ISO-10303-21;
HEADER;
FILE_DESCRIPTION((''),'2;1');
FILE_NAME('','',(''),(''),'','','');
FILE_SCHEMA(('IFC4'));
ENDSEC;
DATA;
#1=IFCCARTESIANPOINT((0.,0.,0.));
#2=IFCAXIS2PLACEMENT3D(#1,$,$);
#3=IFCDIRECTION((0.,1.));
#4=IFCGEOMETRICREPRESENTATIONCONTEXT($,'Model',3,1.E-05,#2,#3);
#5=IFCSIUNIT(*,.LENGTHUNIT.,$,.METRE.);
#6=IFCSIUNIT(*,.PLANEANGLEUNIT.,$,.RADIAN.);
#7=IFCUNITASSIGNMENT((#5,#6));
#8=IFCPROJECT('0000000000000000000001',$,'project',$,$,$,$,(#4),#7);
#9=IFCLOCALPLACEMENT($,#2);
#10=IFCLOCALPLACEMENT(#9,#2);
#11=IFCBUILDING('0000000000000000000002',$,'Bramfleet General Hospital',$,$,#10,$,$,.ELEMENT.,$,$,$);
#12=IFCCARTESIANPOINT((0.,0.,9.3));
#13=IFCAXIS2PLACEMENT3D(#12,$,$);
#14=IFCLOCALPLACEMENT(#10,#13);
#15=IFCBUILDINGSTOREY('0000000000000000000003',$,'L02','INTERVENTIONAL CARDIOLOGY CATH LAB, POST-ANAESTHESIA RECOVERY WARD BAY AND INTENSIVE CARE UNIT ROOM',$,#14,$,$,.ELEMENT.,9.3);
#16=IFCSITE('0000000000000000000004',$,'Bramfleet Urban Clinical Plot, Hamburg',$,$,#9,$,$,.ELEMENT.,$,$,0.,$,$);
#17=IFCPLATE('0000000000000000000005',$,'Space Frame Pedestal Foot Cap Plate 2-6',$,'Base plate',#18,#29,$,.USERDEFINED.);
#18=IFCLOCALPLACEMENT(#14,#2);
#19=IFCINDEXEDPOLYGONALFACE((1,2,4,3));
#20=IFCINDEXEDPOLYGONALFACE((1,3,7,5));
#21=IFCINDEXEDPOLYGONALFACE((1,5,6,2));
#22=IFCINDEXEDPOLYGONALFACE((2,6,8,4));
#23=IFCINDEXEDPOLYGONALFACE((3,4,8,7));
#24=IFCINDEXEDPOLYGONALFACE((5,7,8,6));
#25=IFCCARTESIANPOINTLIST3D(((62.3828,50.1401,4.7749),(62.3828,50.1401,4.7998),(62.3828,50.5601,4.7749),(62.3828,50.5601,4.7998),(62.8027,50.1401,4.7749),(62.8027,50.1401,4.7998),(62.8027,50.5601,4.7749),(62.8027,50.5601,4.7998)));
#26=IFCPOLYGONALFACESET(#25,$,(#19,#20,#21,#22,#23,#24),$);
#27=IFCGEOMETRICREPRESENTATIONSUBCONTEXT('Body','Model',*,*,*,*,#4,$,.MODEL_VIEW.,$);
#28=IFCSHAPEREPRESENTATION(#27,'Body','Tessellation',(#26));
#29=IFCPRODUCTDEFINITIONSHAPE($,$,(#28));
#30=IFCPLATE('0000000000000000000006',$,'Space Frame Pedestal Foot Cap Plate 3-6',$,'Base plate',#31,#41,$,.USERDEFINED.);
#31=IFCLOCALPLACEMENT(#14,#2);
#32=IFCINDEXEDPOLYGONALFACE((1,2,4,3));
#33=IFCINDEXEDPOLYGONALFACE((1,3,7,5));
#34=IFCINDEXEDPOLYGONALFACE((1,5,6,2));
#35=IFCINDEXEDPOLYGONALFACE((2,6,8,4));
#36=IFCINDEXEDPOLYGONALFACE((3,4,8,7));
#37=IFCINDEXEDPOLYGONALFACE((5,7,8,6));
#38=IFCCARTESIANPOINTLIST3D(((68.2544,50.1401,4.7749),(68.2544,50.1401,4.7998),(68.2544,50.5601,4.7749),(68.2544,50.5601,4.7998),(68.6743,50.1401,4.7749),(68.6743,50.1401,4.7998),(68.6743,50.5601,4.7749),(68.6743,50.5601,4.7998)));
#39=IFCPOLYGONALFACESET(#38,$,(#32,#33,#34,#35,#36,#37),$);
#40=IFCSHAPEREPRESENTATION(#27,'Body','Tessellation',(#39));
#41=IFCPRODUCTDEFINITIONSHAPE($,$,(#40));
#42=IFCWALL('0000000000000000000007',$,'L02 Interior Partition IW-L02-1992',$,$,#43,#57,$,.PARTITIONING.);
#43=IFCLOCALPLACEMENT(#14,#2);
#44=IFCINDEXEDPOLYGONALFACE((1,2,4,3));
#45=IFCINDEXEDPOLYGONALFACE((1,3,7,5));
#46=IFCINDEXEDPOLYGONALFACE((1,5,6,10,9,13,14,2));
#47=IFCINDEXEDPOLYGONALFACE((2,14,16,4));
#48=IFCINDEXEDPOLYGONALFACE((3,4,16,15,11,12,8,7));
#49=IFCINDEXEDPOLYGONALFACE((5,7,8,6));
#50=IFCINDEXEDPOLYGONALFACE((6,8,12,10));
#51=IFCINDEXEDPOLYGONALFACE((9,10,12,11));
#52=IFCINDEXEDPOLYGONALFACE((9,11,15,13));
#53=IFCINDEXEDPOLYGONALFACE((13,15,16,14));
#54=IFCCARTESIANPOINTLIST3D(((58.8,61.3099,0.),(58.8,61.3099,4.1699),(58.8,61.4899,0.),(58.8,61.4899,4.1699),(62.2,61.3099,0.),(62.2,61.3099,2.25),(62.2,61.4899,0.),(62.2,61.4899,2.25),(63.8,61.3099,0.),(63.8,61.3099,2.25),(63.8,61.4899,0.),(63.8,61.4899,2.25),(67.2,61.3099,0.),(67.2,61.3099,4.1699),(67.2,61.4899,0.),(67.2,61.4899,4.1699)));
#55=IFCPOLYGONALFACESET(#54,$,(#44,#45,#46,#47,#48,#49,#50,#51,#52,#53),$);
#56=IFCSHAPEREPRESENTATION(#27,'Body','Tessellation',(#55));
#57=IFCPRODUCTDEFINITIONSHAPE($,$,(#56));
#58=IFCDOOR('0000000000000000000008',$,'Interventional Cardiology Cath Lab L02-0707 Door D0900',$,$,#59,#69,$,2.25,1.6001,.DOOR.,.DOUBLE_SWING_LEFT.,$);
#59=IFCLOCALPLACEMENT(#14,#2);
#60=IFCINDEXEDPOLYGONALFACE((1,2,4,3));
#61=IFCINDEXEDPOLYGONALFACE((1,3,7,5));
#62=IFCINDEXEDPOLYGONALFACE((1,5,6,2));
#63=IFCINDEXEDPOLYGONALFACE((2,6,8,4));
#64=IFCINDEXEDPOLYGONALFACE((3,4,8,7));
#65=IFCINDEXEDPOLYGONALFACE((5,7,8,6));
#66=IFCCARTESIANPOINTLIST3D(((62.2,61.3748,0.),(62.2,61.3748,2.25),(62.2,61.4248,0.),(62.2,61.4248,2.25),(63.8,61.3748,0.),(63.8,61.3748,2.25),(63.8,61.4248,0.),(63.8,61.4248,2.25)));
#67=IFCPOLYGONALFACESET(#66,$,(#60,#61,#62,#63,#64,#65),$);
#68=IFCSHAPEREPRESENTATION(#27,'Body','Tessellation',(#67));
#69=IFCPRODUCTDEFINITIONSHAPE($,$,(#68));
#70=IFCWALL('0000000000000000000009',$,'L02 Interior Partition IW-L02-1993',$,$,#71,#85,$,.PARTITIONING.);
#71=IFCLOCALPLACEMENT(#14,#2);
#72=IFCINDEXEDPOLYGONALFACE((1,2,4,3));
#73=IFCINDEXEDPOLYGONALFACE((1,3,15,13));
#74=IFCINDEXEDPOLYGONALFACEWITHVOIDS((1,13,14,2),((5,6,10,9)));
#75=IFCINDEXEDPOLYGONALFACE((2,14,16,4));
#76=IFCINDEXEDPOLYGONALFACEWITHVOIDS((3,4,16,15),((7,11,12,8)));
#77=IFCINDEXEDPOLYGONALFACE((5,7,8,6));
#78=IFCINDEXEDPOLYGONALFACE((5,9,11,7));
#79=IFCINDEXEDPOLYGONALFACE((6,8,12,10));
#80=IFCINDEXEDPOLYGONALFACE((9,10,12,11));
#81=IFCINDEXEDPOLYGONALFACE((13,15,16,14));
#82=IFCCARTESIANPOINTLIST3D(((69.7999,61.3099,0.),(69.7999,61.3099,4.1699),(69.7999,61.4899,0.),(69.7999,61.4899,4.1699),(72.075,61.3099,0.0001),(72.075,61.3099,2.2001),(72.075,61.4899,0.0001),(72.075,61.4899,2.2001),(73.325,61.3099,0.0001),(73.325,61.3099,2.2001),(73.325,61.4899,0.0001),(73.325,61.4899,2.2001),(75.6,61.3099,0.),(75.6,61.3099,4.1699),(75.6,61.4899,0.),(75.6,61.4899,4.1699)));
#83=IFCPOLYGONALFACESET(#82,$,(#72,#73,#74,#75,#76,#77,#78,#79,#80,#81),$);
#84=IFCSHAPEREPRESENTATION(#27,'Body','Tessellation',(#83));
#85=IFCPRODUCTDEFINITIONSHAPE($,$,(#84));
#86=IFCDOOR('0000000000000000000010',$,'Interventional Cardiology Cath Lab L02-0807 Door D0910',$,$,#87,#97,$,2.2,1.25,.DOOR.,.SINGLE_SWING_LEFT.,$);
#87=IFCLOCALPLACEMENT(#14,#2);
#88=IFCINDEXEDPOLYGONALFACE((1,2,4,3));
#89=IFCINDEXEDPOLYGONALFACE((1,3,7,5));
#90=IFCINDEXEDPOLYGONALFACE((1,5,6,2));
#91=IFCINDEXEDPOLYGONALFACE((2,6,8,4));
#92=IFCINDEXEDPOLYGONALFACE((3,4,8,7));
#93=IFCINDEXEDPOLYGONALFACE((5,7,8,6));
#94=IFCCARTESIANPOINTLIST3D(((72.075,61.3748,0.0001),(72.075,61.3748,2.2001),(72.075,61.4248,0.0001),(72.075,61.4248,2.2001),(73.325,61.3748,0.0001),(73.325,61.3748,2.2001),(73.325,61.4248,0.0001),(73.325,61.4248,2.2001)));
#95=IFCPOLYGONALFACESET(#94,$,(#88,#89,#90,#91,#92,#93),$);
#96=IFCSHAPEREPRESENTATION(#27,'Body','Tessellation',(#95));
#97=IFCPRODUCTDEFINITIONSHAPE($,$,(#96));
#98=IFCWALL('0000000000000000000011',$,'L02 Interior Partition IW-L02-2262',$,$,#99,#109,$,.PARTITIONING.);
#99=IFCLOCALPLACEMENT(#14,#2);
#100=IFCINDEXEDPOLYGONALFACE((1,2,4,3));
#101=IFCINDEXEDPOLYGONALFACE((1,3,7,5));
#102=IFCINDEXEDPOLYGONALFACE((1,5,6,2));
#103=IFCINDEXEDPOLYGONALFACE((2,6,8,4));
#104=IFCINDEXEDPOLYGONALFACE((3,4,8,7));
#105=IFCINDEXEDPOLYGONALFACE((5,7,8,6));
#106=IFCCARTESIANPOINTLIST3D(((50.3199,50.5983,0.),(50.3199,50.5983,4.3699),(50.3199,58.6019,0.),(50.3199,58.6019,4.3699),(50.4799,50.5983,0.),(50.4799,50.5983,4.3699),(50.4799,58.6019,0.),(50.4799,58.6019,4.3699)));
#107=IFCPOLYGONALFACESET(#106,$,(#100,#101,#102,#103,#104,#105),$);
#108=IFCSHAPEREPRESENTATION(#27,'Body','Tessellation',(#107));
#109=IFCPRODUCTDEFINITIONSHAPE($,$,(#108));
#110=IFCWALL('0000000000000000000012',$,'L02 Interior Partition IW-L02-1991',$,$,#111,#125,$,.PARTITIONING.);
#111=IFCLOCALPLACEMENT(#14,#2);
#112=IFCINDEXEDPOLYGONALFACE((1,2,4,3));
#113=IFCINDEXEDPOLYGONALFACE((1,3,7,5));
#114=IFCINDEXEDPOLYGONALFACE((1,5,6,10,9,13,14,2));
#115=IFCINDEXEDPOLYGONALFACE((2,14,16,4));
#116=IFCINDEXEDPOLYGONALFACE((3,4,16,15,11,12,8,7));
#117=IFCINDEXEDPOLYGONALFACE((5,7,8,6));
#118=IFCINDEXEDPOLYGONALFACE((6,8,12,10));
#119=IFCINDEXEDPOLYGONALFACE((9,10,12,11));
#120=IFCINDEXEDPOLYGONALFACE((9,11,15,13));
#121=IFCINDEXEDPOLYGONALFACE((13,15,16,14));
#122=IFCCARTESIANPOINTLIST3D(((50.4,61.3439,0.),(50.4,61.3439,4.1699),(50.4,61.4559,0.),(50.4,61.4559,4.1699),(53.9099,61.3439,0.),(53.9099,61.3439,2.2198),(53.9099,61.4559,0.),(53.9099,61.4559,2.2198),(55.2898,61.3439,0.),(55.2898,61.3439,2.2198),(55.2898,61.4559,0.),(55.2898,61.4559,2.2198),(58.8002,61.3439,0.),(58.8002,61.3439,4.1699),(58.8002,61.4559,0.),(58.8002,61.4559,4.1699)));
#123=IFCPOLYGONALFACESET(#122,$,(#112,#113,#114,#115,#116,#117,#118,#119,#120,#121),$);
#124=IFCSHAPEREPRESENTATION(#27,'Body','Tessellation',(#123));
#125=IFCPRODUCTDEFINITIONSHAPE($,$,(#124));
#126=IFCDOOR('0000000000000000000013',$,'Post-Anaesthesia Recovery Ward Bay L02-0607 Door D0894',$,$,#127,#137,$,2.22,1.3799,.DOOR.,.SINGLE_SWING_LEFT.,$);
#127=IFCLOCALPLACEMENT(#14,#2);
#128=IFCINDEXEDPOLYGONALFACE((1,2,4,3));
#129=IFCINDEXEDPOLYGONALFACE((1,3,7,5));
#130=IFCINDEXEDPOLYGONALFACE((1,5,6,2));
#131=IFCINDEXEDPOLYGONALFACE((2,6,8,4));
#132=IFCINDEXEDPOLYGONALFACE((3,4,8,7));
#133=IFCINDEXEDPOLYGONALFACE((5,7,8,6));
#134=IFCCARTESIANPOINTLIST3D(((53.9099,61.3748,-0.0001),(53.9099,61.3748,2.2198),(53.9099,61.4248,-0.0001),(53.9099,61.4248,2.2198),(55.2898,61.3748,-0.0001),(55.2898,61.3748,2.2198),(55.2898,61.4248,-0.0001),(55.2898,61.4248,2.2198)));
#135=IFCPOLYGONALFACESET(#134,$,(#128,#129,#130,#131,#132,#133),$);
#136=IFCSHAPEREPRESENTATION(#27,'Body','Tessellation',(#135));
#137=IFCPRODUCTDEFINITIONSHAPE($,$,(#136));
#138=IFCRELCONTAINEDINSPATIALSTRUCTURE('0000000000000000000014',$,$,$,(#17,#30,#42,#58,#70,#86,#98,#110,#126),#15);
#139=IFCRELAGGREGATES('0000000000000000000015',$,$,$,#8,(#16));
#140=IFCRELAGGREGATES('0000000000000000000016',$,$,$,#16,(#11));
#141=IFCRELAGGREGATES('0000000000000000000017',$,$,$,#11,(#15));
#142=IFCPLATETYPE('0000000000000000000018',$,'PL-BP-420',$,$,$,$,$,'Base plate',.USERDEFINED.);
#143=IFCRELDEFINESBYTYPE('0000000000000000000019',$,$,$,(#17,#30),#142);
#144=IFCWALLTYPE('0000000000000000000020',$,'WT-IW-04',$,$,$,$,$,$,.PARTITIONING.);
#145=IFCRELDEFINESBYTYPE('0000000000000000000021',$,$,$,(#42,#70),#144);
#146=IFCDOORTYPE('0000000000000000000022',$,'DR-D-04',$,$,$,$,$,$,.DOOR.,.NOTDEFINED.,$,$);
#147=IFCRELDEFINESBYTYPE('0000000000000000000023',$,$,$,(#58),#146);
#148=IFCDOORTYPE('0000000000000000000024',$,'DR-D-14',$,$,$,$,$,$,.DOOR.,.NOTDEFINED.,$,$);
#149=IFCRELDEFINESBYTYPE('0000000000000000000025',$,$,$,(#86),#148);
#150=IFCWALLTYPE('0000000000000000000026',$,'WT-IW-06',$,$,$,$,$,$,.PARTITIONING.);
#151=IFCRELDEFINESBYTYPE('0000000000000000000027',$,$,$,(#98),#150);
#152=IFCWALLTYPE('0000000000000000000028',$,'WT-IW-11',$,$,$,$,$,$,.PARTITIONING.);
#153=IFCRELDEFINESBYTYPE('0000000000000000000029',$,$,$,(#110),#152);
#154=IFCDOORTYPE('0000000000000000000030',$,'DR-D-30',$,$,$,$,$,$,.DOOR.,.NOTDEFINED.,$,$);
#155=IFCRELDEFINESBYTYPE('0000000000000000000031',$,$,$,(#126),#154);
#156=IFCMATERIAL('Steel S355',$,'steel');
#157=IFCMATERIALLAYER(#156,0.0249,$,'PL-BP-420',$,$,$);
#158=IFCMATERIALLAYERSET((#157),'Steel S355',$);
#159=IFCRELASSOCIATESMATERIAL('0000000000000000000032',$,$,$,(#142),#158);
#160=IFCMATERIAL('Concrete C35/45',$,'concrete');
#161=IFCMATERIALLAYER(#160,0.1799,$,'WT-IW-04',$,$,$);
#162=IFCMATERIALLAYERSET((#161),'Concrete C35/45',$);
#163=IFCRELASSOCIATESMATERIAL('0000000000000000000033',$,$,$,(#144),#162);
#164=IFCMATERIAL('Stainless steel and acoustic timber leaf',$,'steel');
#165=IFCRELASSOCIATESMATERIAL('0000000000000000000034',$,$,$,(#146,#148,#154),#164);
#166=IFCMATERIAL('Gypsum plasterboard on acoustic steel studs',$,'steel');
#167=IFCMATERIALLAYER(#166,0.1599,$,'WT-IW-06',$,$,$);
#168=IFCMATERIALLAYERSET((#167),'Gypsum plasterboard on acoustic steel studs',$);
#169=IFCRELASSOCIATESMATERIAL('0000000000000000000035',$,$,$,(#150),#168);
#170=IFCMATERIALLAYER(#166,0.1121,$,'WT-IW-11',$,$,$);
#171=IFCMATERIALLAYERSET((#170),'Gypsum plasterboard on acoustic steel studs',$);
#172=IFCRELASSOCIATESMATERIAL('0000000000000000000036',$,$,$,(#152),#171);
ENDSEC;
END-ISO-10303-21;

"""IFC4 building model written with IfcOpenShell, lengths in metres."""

from ifc_helpers import new_model, si_unit, direction, frame, frame_2d, origin, origin_2d, place, context, subcontext, project, spatial, rectangle, extrude, material, layer, layer_set, type_object, element, fill, save


model = new_model("IFC4")

# Units and contexts
model_context = context("Model", 3, precision=1e-05, world=origin(), true_north=direction((0.0, 1.0)))
body_context = subcontext(model_context, "Body", "Model", "MODEL_VIEW")
ifc_project = project(units=[si_unit("LENGTHUNIT", "METRE"), si_unit("PLANEANGLEUNIT", "RADIAN")], contexts=[model_context])

# Site, building, storey
site_placement = place(None, origin())
site = spatial("IfcSite", under=ifc_project, at=site_placement, Name="Bramfleet Urban Clinical Plot, Hamburg", CompositionType="ELEMENT", RefElevation=0.0)
building_placement = place(site_placement, origin())
building = spatial("IfcBuilding", under=site, at=building_placement, Name="Bramfleet General Hospital", CompositionType="ELEMENT")
storey_placement = place(building_placement, frame((0.0, 0.0, 9.3)))
storey = spatial("IfcBuildingStorey", under=building, at=storey_placement, Name="L02", Description="INTERVENTIONAL CARDIOLOGY CATH LAB, POST-ANAESTHESIA RECOVERY WARD BAY AND INTENSIVE CARE UNIT ROOM", CompositionType="ELEMENT", Elevation=9.3)

# Shared definitions
ifc_material_1 = material(Name="Steel S355", Category="steel")

# Shared definitions
ifc_material_2 = material(Name="Concrete C35/45", Category="concrete")

# Plates
ifc_layer_1 = layer(ifc_material_1, 0.0249, Name="PL-BP-420")
ifc_layer_set_1 = layer_set([ifc_layer_1], Name="Steel S355")
plate_type_1 = type_object("IfcPlateType", Name="PL-BP-420", ElementType="Base plate", PredefinedType="USERDEFINED", material=ifc_layer_set_1)
for number, where, z_axis, x_axis, name in (
    (1, (62.5928, 50.3501, 4.7749), (0.0, 0.0, 1.0), (1.0, 0.0, 0.0), "Space Frame Pedestal Foot Cap Plate 2-6"),
    (2, (68.4644, 50.3501, 4.7749), (0.0, 0.0, 1.0), (1.0, 0.0, 0.0), "Space Frame Pedestal Foot Cap Plate 3-6"),
):
    element("IfcPlate", number, at=place(storey_placement, frame(where, z_axis=z_axis, x_axis=x_axis)), inside=storey, type_object=plate_type_1, Name=name, ObjectType="Base plate", PredefinedType="USERDEFINED", context=body_context, shape_type="SweptSolid", body=[
        extrude(rectangle(XDim=0.4199, YDim=0.4199, at=origin_2d()), origin(), (0.0, 0.0, 1.0), 0.0249),
    ])

# Walls, openings, doors
ifc_layer_2 = layer(ifc_material_2, 0.1799, Name="WT-IW-04")
ifc_layer_set_2 = layer_set([ifc_layer_2], Name="Concrete C35/45")
wall_type_1 = type_object("IfcWallType", Name="WT-IW-04", PredefinedType="PARTITIONING", material=ifc_layer_set_2)
wall_1_placement = place(storey_placement, frame((58.8, 61.3999, 0.0), z_axis=(0.0, 0.0, 1.0), x_axis=(1.0, 0.0, 0.0)))
wall_1 = element("IfcWall", 3, at=wall_1_placement, inside=storey, type_object=wall_type_1, Name="L02 Interior Partition IW-L02-1992", PredefinedType="PARTITIONING", context=body_context, shape_type="SweptSolid", body=[
    extrude(rectangle(XDim=8.3999, YDim=0.1799, at=frame_2d((4.2, 0.0))), origin(), (0.0, 0.0, 1.0), 4.1699),
])
opening_1_placement = place(wall_1_placement, frame((3.3999, 0.0, 0.0)))
opening_1 = element("IfcOpeningElement", 4, at=opening_1_placement, cuts=wall_1, PredefinedType="OPENING", context=body_context, shape_type="SweptSolid", body=[
    extrude(rectangle(XDim=1.6001, YDim=2.25, at=frame_2d((0.8, 1.125))), frame((0.0, 0.0999, 0.0), z_axis=(0.0, -1.0, 0.0), x_axis=(1.0, 0.0, 0.0)), (0.0, 0.0, 1.0), 0.2),
])
ifc_material_3 = material(Name="Stainless steel and acoustic timber leaf", Category="steel")
door_type_1 = type_object("IfcDoorType", Name="DR-D-04", OperationType="NOTDEFINED", PredefinedType="DOOR", material=ifc_material_3)
door_1_placement = place(opening_1_placement, origin())
door_1 = element("IfcDoor", 5, at=door_1_placement, inside=storey, type_object=door_type_1, Name="Interventional Cardiology Cath Lab L02-0707 Door D0900", OperationType="DOUBLE_SWING_LEFT", OverallHeight=2.25, OverallWidth=1.6001, PredefinedType="DOOR", context=body_context, shape_type="SweptSolid", body=[
    extrude(rectangle(XDim=1.6001, YDim=2.25, at=frame_2d((0.8, 1.125))), frame((0.0, 0.0249, 0.0), z_axis=(0.0, -1.0, 0.0), x_axis=(1.0, 0.0, 0.0)), (0.0, 0.0, 1.0), 0.05),
])
fill(opening_1, door_1)
wall_2_placement = place(storey_placement, frame((69.8, 61.3999, 0.0), z_axis=(0.0, 0.0, 1.0), x_axis=(1.0, 0.0, 0.0)))
wall_2 = element("IfcWall", 6, at=wall_2_placement, inside=storey, type_object=wall_type_1, Name="L02 Interior Partition IW-L02-1993", PredefinedType="PARTITIONING", context=body_context, shape_type="SweptSolid", body=[
    extrude(rectangle(XDim=5.8, YDim=0.1799, at=frame_2d((2.8999, 0.0))), origin(), (0.0, 0.0, 1.0), 4.1699),
])
opening_2_placement = place(wall_2_placement, frame((2.2749, 0.0, 0.0)))
opening_2 = element("IfcOpeningElement", 7, at=opening_2_placement, cuts=wall_2, PredefinedType="OPENING", context=body_context, shape_type="SweptSolid", body=[
    extrude(rectangle(XDim=1.25, YDim=2.2, at=frame_2d((0.625, 1.1001))), frame((0.0, 0.0999, 0.0), z_axis=(0.0, -1.0, 0.0), x_axis=(1.0, 0.0, 0.0)), (0.0, 0.0, 1.0), 0.2),
])
door_type_2 = type_object("IfcDoorType", Name="DR-D-14", OperationType="NOTDEFINED", PredefinedType="DOOR", material=ifc_material_3)
door_2_placement = place(opening_2_placement, origin())
door_2 = element("IfcDoor", 8, at=door_2_placement, inside=storey, type_object=door_type_2, Name="Interventional Cardiology Cath Lab L02-0807 Door D0910", OperationType="SINGLE_SWING_LEFT", OverallHeight=2.2, OverallWidth=1.25, PredefinedType="DOOR", context=body_context, shape_type="SweptSolid", body=[
    extrude(rectangle(XDim=1.25, YDim=2.2, at=frame_2d((0.625, 1.1001))), frame((0.0, 0.0249, 0.0), z_axis=(0.0, -1.0, 0.0), x_axis=(1.0, 0.0, 0.0)), (0.0, 0.0, 1.0), 0.05),
])
fill(opening_2, door_2)

# Wall
ifc_material_4 = material(Name="Gypsum plasterboard on acoustic steel studs", Category="steel")
ifc_layer_3 = layer(ifc_material_4, 0.1599, Name="WT-IW-06")
ifc_layer_set_3 = layer_set([ifc_layer_3], Name="Gypsum plasterboard on acoustic steel studs")
wall_type_2 = type_object("IfcWallType", Name="WT-IW-06", PredefinedType="PARTITIONING", material=ifc_layer_set_3)
wall_3_placement = place(storey_placement, frame((50.3999, 50.5981, 0.0), z_axis=(0.0, 0.0, 1.0), x_axis=(0.0, 1.0, 0.0)))
element("IfcWall", 9, at=wall_3_placement, inside=storey, type_object=wall_type_2, Name="L02 Interior Partition IW-L02-2262", PredefinedType="PARTITIONING", context=body_context, shape_type="SweptSolid", body=[
    extrude(rectangle(XDim=8.0037, YDim=0.1599, at=frame_2d((4.002, 0.0))), origin(), (0.0, 0.0, 1.0), 4.3699),
])

# Wall, opening, door
ifc_layer_4 = layer(ifc_material_4, 0.1121, Name="WT-IW-11")
ifc_layer_set_4 = layer_set([ifc_layer_4], Name="Gypsum plasterboard on acoustic steel studs")
wall_type_3 = type_object("IfcWallType", Name="WT-IW-11", PredefinedType="PARTITIONING", material=ifc_layer_set_4)
wall_4_placement = place(storey_placement, frame((50.3999, 61.3999, 0.0), z_axis=(0.0, 0.0, 1.0), x_axis=(1.0, 0.0, 0.0)))
wall_4 = element("IfcWall", 10, at=wall_4_placement, inside=storey, type_object=wall_type_3, Name="L02 Interior Partition IW-L02-1991", PredefinedType="PARTITIONING", context=body_context, shape_type="SweptSolid", body=[
    extrude(rectangle(XDim=8.4001, YDim=0.1121, at=frame_2d((4.2002, 0.0))), origin(), (0.0, 0.0, 1.0), 4.1699),
])
opening_3_placement = place(wall_4_placement, frame((3.51, 0.0, 0.0)))
opening_3 = element("IfcOpeningElement", 11, at=opening_3_placement, cuts=wall_4, PredefinedType="OPENING", context=body_context, shape_type="SweptSolid", body=[
    extrude(rectangle(XDim=1.3799, YDim=2.22, at=frame_2d((0.6899, 1.1099))), frame((0.0, 0.0659, 0.0), z_axis=(0.0, -1.0, 0.0), x_axis=(1.0, 0.0, 0.0)), (0.0, 0.0, 1.0), 0.1321),
])
door_type_3 = type_object("IfcDoorType", Name="DR-D-30", OperationType="NOTDEFINED", PredefinedType="DOOR", material=ifc_material_3)
door_3_placement = place(opening_3_placement, origin())
door_3 = element("IfcDoor", 12, at=door_3_placement, inside=storey, type_object=door_type_3, Name="Post-Anaesthesia Recovery Ward Bay L02-0607 Door D0894", OperationType="SINGLE_SWING_LEFT", OverallHeight=2.22, OverallWidth=1.3799, PredefinedType="DOOR", context=body_context, shape_type="SweptSolid", body=[
    extrude(rectangle(XDim=1.3799, YDim=2.22, at=frame_2d((0.6899, 1.1099))), frame((0.0, 0.0249, 0.0), z_axis=(0.0, -1.0, 0.0), x_axis=(1.0, 0.0, 0.0)), (0.0, 0.0, 1.0), 0.05),
])
fill(opening_3, door_3)

save(model, "model.ifc")
